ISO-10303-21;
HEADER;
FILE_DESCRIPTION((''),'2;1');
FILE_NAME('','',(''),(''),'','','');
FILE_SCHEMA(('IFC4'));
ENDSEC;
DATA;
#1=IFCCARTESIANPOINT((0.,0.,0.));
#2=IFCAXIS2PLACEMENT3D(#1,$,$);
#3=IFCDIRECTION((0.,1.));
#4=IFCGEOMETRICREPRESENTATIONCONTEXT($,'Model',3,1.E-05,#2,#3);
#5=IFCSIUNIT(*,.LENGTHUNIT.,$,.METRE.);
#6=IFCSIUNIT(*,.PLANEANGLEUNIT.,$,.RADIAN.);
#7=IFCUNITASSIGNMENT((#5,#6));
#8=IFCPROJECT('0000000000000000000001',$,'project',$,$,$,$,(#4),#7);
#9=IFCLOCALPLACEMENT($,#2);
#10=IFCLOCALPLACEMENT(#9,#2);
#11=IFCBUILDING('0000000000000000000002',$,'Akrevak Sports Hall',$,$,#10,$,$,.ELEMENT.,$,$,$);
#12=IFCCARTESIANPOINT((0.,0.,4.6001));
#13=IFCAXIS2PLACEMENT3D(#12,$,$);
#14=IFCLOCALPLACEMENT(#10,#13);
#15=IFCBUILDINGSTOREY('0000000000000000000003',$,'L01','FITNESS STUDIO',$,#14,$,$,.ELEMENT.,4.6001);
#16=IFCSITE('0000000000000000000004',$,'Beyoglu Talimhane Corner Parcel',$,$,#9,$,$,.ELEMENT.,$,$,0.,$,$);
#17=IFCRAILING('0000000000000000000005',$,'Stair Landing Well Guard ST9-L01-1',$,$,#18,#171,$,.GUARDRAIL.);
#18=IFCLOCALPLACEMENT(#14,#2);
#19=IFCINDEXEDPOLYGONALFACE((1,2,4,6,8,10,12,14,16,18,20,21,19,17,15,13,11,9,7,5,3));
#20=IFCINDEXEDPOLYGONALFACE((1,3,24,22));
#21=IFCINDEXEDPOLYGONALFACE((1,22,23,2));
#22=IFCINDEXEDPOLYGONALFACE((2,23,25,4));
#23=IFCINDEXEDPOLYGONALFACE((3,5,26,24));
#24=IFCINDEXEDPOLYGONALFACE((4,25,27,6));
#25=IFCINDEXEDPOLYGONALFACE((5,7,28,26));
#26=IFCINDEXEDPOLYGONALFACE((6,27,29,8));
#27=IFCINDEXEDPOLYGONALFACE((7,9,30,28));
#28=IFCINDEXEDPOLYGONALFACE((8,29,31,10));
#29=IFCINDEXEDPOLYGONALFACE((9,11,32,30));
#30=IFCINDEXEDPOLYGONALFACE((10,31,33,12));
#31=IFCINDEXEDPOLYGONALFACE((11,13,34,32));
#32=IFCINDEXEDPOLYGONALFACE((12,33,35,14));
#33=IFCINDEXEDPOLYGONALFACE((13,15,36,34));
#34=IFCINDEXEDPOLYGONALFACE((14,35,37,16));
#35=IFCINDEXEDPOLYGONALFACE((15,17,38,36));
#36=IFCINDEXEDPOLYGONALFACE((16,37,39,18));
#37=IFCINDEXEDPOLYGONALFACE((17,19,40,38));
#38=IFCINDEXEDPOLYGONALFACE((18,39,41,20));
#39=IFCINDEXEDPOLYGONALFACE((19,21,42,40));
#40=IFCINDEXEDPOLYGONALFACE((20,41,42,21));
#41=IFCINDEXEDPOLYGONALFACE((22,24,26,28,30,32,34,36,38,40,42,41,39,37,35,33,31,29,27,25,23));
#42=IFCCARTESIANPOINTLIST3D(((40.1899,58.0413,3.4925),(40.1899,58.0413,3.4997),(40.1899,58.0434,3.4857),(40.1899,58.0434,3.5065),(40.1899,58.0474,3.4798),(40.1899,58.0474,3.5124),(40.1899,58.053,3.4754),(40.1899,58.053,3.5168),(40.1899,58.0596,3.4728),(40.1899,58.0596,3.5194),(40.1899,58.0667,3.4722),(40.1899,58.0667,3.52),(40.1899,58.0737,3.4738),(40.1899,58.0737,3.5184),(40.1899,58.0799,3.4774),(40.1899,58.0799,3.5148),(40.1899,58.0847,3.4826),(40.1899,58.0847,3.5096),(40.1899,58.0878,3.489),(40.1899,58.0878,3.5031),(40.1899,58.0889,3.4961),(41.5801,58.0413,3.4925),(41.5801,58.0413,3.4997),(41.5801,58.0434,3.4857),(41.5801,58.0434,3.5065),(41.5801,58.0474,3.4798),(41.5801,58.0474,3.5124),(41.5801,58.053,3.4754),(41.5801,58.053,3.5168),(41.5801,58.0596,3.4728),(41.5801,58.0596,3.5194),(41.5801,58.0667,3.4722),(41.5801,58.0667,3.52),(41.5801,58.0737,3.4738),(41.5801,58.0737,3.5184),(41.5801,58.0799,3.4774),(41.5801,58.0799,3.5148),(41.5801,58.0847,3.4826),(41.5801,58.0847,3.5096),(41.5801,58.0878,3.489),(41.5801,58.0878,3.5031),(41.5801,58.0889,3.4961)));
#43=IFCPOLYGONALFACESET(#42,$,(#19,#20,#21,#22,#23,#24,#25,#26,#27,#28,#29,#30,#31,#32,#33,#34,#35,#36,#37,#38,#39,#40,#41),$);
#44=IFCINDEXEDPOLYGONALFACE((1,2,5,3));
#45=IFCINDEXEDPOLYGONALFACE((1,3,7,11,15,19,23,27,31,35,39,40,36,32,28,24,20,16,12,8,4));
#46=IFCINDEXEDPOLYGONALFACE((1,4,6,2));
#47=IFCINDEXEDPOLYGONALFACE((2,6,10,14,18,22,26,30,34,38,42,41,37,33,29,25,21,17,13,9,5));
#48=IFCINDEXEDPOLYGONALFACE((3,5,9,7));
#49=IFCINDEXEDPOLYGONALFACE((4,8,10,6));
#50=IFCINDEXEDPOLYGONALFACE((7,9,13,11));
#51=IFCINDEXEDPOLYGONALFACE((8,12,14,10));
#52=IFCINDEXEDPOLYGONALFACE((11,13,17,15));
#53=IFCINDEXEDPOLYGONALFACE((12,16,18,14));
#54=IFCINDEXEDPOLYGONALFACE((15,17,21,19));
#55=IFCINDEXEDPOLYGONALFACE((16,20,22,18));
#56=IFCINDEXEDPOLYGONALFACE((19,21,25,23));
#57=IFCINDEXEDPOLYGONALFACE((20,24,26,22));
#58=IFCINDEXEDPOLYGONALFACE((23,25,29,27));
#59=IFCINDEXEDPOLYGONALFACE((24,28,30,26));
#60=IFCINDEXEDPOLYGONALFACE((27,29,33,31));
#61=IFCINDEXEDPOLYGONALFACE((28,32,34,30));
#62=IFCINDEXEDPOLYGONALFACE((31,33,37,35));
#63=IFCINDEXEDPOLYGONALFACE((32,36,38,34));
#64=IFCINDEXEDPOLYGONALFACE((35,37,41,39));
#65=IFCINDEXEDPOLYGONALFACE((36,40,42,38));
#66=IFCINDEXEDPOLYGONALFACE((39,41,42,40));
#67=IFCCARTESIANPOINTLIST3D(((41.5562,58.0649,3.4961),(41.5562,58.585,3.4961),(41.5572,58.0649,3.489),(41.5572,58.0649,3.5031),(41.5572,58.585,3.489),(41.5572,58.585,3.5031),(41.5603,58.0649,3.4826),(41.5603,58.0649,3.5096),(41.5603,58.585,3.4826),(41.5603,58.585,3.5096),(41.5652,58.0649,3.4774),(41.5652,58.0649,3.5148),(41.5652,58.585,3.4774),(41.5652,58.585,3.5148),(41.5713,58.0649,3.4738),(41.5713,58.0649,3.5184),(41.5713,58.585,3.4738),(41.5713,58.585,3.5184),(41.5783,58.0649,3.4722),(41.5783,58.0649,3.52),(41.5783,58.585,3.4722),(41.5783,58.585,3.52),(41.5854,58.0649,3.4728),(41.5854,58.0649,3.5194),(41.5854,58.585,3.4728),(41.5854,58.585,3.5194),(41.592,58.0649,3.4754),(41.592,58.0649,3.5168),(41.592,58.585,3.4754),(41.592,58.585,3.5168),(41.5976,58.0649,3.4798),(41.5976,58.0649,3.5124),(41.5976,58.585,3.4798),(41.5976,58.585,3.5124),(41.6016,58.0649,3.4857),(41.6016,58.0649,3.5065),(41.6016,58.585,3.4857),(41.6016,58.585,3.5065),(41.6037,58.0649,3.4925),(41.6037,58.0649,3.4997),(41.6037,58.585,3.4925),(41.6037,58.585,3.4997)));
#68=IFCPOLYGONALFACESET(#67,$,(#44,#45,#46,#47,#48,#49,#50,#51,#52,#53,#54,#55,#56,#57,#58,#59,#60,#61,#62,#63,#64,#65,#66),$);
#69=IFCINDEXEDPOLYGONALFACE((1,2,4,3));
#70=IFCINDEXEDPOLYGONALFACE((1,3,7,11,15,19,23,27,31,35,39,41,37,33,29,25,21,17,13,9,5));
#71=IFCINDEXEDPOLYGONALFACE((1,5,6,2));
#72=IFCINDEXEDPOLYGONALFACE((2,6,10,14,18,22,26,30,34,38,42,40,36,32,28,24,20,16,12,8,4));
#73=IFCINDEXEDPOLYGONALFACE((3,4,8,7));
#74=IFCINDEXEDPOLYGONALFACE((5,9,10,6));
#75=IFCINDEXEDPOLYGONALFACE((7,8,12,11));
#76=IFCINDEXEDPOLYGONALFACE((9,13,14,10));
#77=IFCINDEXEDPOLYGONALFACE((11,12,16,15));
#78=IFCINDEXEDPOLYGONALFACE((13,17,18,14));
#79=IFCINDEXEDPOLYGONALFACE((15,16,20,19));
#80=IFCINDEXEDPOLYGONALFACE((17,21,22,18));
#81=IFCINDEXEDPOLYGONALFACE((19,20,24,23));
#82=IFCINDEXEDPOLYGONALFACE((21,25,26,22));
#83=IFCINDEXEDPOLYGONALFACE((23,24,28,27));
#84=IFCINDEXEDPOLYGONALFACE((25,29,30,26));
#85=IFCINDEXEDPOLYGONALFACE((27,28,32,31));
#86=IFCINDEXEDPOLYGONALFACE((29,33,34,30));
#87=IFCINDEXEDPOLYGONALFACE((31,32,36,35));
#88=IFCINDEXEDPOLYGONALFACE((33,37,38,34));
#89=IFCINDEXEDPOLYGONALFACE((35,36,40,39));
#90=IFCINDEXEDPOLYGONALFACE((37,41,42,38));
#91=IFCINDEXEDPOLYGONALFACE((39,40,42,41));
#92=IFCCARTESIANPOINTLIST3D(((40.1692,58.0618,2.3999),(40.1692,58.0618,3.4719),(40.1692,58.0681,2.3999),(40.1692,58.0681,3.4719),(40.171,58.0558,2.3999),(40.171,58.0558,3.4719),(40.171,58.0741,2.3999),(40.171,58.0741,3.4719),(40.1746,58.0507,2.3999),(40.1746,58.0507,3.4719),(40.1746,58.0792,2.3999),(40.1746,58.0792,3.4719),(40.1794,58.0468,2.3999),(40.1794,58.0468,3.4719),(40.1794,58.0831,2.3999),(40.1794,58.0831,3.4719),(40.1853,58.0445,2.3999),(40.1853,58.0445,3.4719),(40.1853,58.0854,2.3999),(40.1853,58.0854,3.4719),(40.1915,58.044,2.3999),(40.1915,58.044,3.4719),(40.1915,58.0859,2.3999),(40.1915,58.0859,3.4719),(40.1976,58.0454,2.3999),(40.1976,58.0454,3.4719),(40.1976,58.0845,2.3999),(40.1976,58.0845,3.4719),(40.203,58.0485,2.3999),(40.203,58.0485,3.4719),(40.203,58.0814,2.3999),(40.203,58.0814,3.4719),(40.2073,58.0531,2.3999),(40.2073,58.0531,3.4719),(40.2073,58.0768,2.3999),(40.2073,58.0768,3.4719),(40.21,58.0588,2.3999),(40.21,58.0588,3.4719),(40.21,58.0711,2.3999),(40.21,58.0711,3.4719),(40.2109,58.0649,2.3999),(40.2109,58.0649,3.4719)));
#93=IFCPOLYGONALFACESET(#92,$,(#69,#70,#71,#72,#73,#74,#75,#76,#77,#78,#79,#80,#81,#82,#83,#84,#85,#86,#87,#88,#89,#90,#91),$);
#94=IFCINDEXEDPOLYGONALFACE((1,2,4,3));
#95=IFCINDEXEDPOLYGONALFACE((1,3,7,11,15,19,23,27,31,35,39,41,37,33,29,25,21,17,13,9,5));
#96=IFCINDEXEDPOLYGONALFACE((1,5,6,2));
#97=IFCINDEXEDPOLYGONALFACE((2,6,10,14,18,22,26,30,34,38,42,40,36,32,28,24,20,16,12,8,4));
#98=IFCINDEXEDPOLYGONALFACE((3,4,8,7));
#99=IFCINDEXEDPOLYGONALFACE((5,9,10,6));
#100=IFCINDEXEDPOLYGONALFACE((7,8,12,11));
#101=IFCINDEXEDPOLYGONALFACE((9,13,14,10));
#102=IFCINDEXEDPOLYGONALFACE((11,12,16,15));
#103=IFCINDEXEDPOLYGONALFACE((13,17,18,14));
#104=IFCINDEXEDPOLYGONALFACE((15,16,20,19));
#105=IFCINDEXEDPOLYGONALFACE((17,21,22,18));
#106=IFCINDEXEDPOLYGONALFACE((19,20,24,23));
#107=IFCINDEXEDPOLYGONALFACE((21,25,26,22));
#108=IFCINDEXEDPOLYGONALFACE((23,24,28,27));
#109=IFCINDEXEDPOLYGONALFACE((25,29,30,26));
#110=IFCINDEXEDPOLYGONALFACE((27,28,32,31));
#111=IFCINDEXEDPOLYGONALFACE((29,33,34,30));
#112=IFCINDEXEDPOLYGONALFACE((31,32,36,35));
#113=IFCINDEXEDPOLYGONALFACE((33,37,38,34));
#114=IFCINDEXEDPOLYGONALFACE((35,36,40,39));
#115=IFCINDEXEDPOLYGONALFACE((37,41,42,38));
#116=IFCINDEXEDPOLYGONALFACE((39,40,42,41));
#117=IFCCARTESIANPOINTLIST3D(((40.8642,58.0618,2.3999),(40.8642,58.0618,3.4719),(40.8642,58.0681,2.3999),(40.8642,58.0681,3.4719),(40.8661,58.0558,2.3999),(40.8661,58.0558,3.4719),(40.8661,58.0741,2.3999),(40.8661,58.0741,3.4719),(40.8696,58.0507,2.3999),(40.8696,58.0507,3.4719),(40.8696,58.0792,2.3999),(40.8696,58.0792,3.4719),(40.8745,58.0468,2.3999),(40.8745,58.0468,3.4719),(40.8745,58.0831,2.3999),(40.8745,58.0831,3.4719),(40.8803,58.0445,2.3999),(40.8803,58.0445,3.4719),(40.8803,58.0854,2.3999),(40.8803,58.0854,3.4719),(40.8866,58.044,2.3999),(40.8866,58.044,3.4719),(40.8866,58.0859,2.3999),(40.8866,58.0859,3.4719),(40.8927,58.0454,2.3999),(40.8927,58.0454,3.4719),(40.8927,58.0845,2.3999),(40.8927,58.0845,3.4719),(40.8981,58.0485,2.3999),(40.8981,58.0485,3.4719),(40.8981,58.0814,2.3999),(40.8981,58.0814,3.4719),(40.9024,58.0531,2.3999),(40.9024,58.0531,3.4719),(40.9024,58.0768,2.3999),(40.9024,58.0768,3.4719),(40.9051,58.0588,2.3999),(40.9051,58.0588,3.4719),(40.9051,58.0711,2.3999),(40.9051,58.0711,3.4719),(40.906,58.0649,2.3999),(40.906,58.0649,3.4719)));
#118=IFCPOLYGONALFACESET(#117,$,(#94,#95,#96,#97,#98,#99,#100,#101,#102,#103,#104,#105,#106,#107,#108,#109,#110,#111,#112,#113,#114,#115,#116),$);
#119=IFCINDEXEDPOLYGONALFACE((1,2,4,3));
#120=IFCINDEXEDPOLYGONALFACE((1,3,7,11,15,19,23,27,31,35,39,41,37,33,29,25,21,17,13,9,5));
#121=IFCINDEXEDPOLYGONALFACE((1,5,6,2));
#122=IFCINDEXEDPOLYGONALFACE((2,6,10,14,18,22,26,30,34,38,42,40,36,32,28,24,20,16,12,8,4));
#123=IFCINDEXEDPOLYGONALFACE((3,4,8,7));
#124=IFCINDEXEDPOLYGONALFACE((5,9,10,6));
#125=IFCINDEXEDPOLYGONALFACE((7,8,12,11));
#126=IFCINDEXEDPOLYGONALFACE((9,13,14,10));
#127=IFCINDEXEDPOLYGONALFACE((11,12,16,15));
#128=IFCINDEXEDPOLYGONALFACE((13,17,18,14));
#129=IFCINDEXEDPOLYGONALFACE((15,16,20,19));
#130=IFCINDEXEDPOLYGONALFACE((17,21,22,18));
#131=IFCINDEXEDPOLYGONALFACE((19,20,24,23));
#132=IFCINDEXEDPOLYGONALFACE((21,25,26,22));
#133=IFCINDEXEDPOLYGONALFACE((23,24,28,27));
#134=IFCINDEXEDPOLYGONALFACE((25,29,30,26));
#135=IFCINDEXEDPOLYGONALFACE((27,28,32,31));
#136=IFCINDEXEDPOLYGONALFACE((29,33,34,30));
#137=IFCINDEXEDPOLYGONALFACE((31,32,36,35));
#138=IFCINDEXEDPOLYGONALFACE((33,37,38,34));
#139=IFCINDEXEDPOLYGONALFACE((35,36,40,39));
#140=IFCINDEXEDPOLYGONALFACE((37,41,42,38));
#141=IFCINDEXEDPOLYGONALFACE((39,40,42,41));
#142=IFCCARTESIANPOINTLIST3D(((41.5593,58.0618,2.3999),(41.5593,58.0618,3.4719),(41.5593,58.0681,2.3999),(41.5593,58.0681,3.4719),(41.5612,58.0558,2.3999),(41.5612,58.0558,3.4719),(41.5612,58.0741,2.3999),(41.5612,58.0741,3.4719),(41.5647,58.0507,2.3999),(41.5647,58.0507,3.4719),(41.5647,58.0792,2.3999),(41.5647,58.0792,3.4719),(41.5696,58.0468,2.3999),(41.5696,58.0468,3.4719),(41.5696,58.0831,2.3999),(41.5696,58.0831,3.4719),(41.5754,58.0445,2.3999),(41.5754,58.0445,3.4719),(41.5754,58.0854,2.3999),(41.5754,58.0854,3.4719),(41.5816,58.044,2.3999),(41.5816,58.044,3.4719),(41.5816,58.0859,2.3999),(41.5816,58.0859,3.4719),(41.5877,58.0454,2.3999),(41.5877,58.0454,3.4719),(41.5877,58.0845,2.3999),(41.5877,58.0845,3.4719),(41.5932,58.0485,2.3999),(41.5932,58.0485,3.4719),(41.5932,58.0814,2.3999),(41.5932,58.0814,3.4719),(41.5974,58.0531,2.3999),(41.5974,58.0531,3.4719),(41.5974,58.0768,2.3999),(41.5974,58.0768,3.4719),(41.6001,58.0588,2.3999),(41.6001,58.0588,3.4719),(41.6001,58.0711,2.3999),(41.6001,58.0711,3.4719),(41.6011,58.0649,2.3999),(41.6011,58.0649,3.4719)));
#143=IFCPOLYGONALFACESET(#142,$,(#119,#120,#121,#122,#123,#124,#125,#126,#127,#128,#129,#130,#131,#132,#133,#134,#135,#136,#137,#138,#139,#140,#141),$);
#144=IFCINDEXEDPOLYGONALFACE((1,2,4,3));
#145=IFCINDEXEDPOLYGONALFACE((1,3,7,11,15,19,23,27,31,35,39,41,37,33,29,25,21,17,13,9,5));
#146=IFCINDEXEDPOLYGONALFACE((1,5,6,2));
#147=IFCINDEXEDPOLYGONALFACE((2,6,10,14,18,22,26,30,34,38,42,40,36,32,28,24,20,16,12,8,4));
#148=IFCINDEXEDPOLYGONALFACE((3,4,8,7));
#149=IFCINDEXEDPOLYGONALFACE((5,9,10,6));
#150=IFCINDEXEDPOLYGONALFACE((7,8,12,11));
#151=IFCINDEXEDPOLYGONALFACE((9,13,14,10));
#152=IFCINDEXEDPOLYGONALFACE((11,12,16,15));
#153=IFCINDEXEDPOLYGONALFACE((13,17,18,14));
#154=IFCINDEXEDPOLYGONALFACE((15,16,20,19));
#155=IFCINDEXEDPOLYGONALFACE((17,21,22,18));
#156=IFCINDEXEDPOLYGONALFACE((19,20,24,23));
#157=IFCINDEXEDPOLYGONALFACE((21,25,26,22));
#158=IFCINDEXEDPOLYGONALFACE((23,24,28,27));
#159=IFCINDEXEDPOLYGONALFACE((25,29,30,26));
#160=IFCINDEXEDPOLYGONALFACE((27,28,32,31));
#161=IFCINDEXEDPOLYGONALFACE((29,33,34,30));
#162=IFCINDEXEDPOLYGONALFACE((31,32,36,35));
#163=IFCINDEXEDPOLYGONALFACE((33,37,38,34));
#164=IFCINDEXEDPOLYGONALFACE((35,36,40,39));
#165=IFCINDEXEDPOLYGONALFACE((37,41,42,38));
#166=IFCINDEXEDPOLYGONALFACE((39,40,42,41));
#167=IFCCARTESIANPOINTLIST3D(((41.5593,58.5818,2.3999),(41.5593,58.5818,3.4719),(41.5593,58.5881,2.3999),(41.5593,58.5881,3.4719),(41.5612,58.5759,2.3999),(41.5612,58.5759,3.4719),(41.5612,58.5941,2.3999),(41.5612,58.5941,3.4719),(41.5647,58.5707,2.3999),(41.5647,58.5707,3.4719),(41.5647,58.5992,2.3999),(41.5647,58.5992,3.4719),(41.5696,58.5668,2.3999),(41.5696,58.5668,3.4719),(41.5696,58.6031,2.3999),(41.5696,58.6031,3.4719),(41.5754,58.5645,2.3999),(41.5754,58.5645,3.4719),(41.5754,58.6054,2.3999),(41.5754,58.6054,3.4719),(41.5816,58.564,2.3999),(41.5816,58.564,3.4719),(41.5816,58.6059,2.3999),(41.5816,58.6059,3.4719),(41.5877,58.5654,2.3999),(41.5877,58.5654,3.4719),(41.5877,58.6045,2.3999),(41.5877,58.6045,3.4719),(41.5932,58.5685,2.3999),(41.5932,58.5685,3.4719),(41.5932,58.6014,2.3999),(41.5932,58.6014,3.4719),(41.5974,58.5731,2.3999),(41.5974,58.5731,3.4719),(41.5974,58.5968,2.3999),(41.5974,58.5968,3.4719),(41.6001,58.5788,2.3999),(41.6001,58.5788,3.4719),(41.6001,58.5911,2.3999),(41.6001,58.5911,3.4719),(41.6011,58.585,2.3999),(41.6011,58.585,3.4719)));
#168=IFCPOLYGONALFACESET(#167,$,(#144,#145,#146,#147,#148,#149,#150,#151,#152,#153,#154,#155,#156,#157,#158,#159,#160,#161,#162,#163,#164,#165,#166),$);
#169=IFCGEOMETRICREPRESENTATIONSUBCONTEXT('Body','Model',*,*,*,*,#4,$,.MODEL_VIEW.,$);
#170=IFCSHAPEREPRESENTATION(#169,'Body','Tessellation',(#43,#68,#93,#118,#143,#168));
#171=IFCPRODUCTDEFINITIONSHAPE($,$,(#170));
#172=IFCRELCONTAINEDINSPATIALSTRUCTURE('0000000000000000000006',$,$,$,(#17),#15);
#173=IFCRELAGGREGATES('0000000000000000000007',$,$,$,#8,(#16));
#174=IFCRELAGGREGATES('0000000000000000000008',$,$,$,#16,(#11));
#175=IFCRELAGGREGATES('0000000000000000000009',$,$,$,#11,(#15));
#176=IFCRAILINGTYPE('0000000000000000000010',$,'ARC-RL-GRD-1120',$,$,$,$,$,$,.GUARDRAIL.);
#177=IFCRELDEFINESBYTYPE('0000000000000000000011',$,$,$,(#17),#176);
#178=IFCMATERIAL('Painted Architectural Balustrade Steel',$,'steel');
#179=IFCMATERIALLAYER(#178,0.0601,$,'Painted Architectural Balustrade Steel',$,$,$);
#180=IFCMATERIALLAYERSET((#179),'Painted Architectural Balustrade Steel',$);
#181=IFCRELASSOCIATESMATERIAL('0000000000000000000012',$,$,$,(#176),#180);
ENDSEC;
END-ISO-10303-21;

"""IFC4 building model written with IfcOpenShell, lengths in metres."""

from ifc_helpers import new_model, si_unit, direction, frame, origin, origin_2d, place, context, subcontext, project, spatial, circle, extrude, material, layer, layer_set, type_object, element, save


model = new_model("IFC4")

# Units and contexts
model_context = context("Model", 3, precision=1e-05, world=origin(), true_north=direction((0.0, 1.0)))
body_context = subcontext(model_context, "Body", "Model", "MODEL_VIEW")
ifc_project = project(units=[si_unit("LENGTHUNIT", "METRE"), si_unit("PLANEANGLEUNIT", "RADIAN")], contexts=[model_context])

# Site, building, storey
site_placement = place(None, origin())
site = spatial("IfcSite", under=ifc_project, at=site_placement, Name="Beyoglu Talimhane Corner Parcel", CompositionType="ELEMENT", RefElevation=0.0)
building_placement = place(site_placement, origin())
building = spatial("IfcBuilding", under=site, at=building_placement, Name="Akrevak Sports Hall", CompositionType="ELEMENT")
storey_placement = place(building_placement, frame((0.0, 0.0, 4.6001)))
storey = spatial("IfcBuildingStorey", under=building, at=storey_placement, Name="L01", Description="FITNESS STUDIO", CompositionType="ELEMENT", Elevation=4.6001)

# Railing
ifc_material_1 = material(Name="Painted Architectural Balustrade Steel", Category="steel")
ifc_layer_1 = layer(ifc_material_1, 0.0601, Name="Painted Architectural Balustrade Steel")
ifc_layer_set_1 = layer_set([ifc_layer_1], Name="Painted Architectural Balustrade Steel")
railing_type_1 = type_object("IfcRailingType", Name="ARC-RL-GRD-1120", PredefinedType="GUARDRAIL", material=ifc_layer_set_1)
railing_1_placement = place(storey_placement, frame((40.1899, 58.0649, 2.3999)))
element("IfcRailing", 1, at=railing_1_placement, inside=storey, type_object=railing_type_1, Name="Stair Landing Well Guard ST9-L01-1", PredefinedType="GUARDRAIL", context=body_context, shape_type="SweptSolid", body=[
    extrude(circle(Radius=0.0239, at=origin_2d()), frame((0.0, 0.0, 1.0962), z_axis=(1.0, 0.0, 0.0), x_axis=(0.0, 1.0, 0.0)), (0.0, 0.0, 1.0), 1.3901),
    extrude(circle(Radius=0.0239, at=origin_2d()), frame((1.3901, 0.0, 1.0962), z_axis=(0.0, 1.0, 0.0), x_axis=(-1.0, 0.0, 0.0)), (0.0, 0.0, 1.0), 0.52),
    extrude(circle(Radius=0.021, at=origin_2d()), origin(), (0.0, 0.0, 1.0), 1.072),
    extrude(circle(Radius=0.021, at=origin_2d()), frame((0.6951, 0.0, 0.0)), (0.0, 0.0, 1.0), 1.072),
    extrude(circle(Radius=0.021, at=origin_2d()), frame((1.3901, 0.0, 0.0)), (0.0, 0.0, 1.0), 1.072),
    extrude(circle(Radius=0.021, at=origin_2d()), frame((1.3901, 0.52, 0.0)), (0.0, 0.0, 1.0), 1.072),
])

save(model, "model.ifc")
